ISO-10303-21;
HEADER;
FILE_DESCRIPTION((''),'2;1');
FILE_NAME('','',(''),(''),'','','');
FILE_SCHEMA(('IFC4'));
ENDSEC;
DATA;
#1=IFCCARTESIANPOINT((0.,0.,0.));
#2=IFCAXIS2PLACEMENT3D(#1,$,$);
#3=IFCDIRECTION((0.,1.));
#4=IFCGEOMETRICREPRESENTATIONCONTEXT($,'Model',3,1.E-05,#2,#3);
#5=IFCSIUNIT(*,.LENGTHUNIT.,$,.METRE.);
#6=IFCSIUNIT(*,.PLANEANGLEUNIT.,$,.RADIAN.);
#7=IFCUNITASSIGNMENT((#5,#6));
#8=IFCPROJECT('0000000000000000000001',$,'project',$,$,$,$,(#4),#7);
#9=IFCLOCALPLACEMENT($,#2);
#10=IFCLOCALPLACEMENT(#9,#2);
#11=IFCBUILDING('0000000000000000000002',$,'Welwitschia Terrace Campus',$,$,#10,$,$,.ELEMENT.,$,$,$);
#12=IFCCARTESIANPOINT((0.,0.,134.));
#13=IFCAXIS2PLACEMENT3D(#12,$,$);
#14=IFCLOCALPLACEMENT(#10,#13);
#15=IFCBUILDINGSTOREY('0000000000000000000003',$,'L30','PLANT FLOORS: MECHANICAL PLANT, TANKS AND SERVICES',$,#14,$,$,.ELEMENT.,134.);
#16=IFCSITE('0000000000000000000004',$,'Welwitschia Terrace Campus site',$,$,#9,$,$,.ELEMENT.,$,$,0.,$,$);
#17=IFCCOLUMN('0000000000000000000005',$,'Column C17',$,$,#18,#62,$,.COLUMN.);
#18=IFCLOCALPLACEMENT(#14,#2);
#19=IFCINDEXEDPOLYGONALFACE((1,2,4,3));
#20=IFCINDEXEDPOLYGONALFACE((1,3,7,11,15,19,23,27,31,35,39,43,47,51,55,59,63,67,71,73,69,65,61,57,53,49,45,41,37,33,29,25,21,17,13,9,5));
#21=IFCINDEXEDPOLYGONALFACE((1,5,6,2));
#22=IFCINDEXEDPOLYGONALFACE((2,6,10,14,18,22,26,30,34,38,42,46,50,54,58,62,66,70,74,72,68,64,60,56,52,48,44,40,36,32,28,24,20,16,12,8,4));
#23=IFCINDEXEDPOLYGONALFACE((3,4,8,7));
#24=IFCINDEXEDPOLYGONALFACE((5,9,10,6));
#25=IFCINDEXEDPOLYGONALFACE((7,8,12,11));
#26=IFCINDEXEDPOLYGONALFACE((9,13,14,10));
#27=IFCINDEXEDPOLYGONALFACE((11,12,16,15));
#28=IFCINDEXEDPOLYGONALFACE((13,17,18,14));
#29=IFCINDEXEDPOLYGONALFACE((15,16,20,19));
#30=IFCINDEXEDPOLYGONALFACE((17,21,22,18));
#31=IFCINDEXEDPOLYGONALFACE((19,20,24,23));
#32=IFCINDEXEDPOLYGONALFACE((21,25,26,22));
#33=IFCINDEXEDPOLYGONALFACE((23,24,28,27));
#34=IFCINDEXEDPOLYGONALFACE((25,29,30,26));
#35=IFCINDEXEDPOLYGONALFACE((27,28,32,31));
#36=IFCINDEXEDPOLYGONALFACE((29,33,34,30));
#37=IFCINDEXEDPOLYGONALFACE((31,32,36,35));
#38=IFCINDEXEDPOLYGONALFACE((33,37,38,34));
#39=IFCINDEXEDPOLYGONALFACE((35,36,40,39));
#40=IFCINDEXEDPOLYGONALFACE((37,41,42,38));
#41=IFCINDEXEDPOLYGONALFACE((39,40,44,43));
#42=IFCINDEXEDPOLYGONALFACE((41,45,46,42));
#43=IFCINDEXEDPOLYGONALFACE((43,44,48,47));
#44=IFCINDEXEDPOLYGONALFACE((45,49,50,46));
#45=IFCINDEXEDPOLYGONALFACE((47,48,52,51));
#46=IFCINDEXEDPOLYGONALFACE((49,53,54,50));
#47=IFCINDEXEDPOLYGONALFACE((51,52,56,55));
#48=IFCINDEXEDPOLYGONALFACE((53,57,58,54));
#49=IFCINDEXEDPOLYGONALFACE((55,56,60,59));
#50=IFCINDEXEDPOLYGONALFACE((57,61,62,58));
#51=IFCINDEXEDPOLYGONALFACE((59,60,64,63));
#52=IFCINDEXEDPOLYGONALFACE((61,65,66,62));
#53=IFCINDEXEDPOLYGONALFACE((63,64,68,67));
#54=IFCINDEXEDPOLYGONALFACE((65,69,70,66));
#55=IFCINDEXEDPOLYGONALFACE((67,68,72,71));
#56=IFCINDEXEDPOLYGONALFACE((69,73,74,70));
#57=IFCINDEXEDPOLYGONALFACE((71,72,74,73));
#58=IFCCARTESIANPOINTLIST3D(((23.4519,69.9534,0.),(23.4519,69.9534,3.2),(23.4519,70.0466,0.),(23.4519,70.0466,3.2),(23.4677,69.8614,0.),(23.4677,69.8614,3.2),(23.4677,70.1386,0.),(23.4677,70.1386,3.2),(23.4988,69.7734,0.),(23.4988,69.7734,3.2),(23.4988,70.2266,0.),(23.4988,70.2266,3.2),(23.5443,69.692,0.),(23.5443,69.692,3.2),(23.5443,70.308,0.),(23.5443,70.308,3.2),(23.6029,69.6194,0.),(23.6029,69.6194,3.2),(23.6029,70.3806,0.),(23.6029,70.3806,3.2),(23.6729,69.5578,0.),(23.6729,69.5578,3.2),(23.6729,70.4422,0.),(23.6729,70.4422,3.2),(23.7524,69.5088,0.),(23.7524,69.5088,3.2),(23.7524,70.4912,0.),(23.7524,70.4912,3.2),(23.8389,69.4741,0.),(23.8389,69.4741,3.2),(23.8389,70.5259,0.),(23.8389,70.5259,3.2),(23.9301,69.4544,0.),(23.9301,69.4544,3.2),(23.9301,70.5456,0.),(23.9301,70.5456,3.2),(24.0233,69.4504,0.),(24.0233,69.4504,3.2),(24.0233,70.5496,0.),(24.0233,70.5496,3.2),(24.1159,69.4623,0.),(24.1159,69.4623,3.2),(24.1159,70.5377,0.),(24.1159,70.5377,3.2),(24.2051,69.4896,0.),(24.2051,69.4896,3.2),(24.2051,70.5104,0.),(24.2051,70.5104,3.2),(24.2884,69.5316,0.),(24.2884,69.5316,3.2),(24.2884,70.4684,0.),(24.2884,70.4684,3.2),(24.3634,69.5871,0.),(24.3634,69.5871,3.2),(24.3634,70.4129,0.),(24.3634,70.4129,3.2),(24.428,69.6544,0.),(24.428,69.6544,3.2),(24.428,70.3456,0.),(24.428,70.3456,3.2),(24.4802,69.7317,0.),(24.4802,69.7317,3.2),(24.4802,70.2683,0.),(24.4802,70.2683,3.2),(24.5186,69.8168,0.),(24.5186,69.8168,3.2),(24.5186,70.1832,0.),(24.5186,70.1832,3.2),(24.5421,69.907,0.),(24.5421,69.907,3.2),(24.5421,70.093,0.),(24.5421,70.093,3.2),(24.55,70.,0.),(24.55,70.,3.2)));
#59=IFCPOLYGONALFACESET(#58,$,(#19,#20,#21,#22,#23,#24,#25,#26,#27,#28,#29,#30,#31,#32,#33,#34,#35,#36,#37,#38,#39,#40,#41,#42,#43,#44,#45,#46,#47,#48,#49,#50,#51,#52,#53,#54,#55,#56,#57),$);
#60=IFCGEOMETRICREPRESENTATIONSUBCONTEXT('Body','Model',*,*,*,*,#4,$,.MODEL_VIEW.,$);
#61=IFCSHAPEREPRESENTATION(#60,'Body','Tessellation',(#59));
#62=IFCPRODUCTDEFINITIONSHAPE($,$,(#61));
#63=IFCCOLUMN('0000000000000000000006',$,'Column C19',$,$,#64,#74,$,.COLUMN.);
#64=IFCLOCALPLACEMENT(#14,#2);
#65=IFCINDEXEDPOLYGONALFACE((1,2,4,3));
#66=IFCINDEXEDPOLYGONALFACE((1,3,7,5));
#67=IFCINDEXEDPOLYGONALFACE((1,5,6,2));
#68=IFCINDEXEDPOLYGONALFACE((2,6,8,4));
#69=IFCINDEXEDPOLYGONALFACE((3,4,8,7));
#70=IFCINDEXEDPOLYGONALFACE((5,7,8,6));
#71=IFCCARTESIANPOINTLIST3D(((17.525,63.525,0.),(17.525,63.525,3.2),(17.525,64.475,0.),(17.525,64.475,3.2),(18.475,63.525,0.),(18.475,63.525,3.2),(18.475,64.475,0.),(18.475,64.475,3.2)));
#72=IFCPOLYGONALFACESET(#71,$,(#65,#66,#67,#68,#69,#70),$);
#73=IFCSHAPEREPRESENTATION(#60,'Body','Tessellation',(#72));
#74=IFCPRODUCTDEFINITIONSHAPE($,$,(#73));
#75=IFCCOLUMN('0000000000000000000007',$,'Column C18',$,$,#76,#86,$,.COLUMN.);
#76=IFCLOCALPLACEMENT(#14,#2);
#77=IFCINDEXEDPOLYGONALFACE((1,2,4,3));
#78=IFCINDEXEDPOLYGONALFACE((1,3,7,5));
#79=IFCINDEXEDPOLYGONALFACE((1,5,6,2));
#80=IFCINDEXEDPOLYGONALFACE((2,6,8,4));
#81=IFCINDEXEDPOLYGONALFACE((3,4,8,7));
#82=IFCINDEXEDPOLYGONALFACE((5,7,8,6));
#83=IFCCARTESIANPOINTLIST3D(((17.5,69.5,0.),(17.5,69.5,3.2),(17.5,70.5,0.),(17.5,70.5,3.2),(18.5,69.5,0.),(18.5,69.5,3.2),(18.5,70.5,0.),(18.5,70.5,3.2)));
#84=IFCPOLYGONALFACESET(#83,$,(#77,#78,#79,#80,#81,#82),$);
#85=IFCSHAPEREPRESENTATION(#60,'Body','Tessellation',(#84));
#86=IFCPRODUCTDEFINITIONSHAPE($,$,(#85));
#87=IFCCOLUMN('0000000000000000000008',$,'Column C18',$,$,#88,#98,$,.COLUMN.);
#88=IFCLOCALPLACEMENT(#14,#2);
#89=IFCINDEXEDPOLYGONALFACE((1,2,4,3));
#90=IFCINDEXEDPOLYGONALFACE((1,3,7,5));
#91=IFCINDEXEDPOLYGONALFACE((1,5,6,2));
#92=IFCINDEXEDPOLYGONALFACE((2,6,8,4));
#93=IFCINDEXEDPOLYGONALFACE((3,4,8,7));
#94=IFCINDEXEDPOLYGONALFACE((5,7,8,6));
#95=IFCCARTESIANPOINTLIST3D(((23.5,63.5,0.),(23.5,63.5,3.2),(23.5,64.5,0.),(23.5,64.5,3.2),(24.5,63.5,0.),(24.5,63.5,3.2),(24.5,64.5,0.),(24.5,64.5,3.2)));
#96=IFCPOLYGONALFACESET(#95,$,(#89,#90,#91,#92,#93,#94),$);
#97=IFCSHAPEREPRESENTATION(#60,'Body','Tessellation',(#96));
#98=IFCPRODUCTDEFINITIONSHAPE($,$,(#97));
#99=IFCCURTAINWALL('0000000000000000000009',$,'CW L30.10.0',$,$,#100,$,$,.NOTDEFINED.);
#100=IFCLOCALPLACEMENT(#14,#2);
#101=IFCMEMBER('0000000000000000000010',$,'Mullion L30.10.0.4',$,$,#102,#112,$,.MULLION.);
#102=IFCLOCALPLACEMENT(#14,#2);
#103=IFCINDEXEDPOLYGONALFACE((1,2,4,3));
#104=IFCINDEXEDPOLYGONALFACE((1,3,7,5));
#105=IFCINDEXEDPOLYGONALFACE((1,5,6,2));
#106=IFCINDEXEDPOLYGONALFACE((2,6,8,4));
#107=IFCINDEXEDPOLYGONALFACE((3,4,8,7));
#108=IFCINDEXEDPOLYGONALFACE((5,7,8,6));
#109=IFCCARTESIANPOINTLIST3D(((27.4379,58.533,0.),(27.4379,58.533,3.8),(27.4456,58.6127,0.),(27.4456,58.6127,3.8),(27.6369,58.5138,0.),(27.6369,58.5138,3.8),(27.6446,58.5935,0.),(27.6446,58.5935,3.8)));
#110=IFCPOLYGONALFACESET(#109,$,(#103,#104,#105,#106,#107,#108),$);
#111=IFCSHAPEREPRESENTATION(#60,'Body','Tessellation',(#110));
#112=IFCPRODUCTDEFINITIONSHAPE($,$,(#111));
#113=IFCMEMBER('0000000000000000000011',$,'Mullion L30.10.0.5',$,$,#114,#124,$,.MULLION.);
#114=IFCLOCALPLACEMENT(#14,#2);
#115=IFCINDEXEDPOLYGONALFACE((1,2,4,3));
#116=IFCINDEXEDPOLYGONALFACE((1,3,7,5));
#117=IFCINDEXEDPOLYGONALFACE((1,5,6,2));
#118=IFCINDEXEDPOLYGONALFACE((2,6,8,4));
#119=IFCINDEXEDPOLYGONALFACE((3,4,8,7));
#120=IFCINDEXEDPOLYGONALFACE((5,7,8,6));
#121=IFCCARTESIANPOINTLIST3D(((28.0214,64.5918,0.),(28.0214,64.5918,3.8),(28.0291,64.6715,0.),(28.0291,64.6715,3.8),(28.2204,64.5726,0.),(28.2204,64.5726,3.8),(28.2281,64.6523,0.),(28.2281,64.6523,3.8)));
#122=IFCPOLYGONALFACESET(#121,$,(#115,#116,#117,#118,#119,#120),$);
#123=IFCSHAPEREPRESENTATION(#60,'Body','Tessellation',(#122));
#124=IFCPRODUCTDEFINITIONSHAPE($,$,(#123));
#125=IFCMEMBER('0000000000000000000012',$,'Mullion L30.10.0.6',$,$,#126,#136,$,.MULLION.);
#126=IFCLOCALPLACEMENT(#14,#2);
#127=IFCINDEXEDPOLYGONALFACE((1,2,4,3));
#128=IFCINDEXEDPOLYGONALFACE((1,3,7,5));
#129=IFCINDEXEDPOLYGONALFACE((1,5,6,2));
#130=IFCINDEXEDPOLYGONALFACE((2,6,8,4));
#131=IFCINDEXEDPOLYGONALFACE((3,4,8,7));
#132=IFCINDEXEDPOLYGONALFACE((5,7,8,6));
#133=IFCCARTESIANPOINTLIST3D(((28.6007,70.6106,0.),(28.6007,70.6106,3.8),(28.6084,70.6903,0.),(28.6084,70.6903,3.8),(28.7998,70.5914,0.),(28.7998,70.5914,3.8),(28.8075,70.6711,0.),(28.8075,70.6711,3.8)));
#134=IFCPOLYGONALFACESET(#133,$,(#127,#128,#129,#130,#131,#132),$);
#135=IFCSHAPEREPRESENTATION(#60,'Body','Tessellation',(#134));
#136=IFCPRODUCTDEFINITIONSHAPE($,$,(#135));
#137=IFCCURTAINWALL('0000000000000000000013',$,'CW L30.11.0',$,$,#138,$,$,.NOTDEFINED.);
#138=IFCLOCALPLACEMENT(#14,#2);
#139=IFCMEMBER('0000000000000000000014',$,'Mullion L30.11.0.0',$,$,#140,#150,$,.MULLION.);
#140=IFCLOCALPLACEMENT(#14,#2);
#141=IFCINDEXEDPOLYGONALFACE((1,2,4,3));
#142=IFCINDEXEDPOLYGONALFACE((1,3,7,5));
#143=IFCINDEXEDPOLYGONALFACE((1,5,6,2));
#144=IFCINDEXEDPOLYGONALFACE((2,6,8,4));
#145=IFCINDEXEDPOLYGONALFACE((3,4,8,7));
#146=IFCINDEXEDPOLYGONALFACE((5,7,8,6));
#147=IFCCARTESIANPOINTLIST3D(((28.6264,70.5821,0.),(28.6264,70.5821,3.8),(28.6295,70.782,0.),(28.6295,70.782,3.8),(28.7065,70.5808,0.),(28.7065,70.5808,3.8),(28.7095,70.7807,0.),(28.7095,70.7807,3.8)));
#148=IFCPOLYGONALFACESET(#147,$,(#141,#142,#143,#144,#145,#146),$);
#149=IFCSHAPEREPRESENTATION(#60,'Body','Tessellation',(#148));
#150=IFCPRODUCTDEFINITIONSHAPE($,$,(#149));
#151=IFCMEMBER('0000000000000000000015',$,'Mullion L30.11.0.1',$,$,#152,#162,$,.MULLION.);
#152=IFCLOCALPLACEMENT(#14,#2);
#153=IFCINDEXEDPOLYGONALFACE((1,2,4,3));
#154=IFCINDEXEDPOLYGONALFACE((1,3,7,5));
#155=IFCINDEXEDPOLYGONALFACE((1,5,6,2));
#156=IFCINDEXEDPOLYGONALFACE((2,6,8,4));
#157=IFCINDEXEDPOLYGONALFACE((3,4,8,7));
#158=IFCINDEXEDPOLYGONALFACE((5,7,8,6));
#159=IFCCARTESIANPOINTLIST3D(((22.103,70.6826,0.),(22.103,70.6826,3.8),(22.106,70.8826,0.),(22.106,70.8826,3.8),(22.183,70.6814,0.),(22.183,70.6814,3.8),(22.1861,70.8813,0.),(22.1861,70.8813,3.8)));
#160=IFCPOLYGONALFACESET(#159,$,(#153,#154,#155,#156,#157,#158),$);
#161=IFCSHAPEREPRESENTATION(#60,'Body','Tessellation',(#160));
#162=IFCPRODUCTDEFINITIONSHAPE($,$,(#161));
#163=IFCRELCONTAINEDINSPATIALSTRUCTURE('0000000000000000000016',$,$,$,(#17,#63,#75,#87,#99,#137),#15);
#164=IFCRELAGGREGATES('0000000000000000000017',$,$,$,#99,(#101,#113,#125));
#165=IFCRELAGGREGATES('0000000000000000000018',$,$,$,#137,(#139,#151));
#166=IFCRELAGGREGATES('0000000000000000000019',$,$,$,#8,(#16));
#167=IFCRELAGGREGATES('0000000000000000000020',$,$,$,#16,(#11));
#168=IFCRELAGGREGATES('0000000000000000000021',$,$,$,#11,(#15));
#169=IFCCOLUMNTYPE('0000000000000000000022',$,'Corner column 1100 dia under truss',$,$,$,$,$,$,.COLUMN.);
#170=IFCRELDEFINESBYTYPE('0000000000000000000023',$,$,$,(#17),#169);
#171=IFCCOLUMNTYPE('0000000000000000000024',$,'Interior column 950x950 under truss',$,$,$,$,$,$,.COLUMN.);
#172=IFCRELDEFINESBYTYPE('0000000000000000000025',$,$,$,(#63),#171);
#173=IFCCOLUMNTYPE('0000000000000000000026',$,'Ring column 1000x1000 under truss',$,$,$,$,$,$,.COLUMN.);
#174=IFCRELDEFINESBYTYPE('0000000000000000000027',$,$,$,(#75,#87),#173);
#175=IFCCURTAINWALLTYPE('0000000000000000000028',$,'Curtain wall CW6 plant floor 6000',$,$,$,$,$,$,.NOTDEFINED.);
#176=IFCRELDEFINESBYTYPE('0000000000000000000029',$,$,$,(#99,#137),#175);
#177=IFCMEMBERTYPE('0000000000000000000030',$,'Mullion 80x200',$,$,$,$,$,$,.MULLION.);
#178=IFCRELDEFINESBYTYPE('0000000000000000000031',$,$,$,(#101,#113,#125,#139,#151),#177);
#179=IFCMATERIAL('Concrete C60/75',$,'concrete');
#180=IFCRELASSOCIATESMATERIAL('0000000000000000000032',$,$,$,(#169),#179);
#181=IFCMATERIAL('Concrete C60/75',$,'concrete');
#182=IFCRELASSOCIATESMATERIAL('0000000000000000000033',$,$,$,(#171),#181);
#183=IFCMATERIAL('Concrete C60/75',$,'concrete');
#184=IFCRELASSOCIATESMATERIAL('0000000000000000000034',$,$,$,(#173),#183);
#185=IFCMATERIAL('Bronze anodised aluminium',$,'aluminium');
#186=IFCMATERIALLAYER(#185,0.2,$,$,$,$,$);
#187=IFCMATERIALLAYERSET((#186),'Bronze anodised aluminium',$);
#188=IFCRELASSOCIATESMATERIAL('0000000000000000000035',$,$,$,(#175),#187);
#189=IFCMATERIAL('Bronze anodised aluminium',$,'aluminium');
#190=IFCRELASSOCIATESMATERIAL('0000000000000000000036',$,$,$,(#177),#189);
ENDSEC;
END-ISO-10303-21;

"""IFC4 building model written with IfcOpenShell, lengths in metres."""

from ifc_helpers import new_model, si_unit, direction, frame, origin, origin_2d, place, context, subcontext, project, spatial, rectangle, circle, extrude, material, layer, layer_set, material_profile, profile_set, type_object, element, aggregate, save


model = new_model("IFC4")

# Units and contexts
model_context = context("Model", 3, precision=1e-05, world=origin(), true_north=direction((0.0, 1.0)))
body_context = subcontext(model_context, "Body", "Model", "MODEL_VIEW")
ifc_project = project(units=[si_unit("LENGTHUNIT", "METRE"), si_unit("PLANEANGLEUNIT", "RADIAN")], contexts=[model_context])

# Site, building, storey
site_placement = place(None, origin())
site = spatial("IfcSite", under=ifc_project, at=site_placement, Name="Welwitschia Terrace Campus site", CompositionType="ELEMENT", RefElevation=0.0)
building_placement = place(site_placement, origin())
building = spatial("IfcBuilding", under=site, at=building_placement, Name="Welwitschia Terrace Campus", CompositionType="ELEMENT")
storey_placement = place(building_placement, frame((0.0, 0.0, 134.0)))
storey = spatial("IfcBuildingStorey", under=building, at=storey_placement, Name="L30", Description="PLANT FLOORS: MECHANICAL PLANT, TANKS AND SERVICES", CompositionType="ELEMENT", Elevation=134.0)

# Columns
ifc_material_1 = material(Name="Concrete C60/75", Category="concrete")
ifc_material_profile_1 = material_profile(ifc_material_1, circle(Radius=0.55, at=origin_2d()))
ifc_profile_set_1 = profile_set([ifc_material_profile_1], Name="Concrete C60/75")
column_type_1 = type_object("IfcColumnType", Name="Corner column 1100 dia under truss", PredefinedType="COLUMN", material=ifc_profile_set_1)
column_1_placement = place(storey_placement, frame((24.0, 70.0, 0.0), z_axis=(0.0, 0.0, 1.0), x_axis=(1.0, 0.0, 0.0)))
element("IfcColumn", 1, at=column_1_placement, inside=storey, type_object=column_type_1, Name="Column C17", PredefinedType="COLUMN", context=body_context, shape_type="SweptSolid", body=[
    extrude(circle(Radius=0.55, at=origin_2d()), origin(), (0.0, 0.0, 1.0), 3.2),
])
ifc_material_2 = material(Name="Concrete C60/75", Category="concrete")
ifc_material_profile_2 = material_profile(ifc_material_2, rectangle(XDim=0.95, YDim=0.95, at=origin_2d()))
ifc_profile_set_2 = profile_set([ifc_material_profile_2], Name="Concrete C60/75")
column_type_2 = type_object("IfcColumnType", Name="Interior column 950x950 under truss", PredefinedType="COLUMN", material=ifc_profile_set_2)
column_2_placement = place(storey_placement, frame((18.0, 64.0, 0.0), z_axis=(0.0, 0.0, 1.0), x_axis=(1.0, 0.0, 0.0)))
element("IfcColumn", 2, at=column_2_placement, inside=storey, type_object=column_type_2, Name="Column C19", PredefinedType="COLUMN", context=body_context, shape_type="SweptSolid", body=[
    extrude(rectangle(XDim=0.95, YDim=0.95, at=origin_2d()), origin(), (0.0, 0.0, 1.0), 3.2),
])
ifc_material_3 = material(Name="Concrete C60/75", Category="concrete")
ifc_material_profile_3 = material_profile(ifc_material_3, rectangle(XDim=1.0, YDim=1.0, at=origin_2d()))
ifc_profile_set_3 = profile_set([ifc_material_profile_3], Name="Concrete C60/75")
column_type_3 = type_object("IfcColumnType", Name="Ring column 1000x1000 under truss", PredefinedType="COLUMN", material=ifc_profile_set_3)
for number, where, z_axis, x_axis, name in (
    (3, (18.0, 70.0, 0.0), (0.0, 0.0, 1.0), (1.0, 0.0, 0.0), "Column C18"),
    (4, (24.0, 64.0, 0.0), (0.0, 0.0, 1.0), (1.0, 0.0, 0.0), "Column C18"),
):
    element("IfcColumn", number, at=place(storey_placement, frame(where, z_axis=z_axis, x_axis=x_axis)), inside=storey, type_object=column_type_3, Name=name, PredefinedType="COLUMN", context=body_context, shape_type="SweptSolid", body=[
        extrude(rectangle(XDim=1.0, YDim=1.0, at=origin_2d()), origin(), (0.0, 0.0, 1.0), 3.2),
    ])

# Curtain walls, members
ifc_material_4 = material(Name="Bronze anodised aluminium", Category="aluminium")
ifc_layer_1 = layer(ifc_material_4, 0.2)
ifc_layer_set_1 = layer_set([ifc_layer_1], Name="Bronze anodised aluminium")
curtain_wall_type = type_object("IfcCurtainWallType", Name="Curtain wall CW6 plant floor 6000", PredefinedType="NOTDEFINED", material=ifc_layer_set_1)
curtain_wall_1_placement = place(storey_placement, origin())
curtain_wall_1 = element("IfcCurtainWall", 5, at=curtain_wall_1_placement, inside=storey, type_object=curtain_wall_type, Name="CW L30.10.0", PredefinedType="NOTDEFINED")
ifc_material_5 = material(Name="Bronze anodised aluminium", Category="aluminium")
ifc_material_profile_4 = material_profile(ifc_material_5, rectangle(XDim=0.2, YDim=0.0801, at=origin_2d()))
ifc_profile_set_4 = profile_set([ifc_material_profile_4], Name="Bronze anodised aluminium")
member_type_1 = type_object("IfcMemberType", Name="Mullion 80x200", PredefinedType="MULLION", material=ifc_profile_set_4)
member_1_placement = place(storey_placement, frame((27.5413, 58.5632, 0.0), z_axis=(0.0, 0.0, 1.0), x_axis=(-0.995396, 0.095846, 0.0)))
member_1 = element("IfcMember", 6, at=member_1_placement, type_object=member_type_1, Name="Mullion L30.10.0.4", PredefinedType="MULLION", context=body_context, shape_type="SweptSolid", body=[
    extrude(rectangle(XDim=0.2, YDim=0.0801, at=origin_2d()), origin(), (0.0, 0.0, 1.0), 3.8),
])
member_2_placement = place(storey_placement, frame((28.1248, 64.6221, 0.0), z_axis=(0.0, 0.0, 1.0), x_axis=(-0.995396, 0.095846, 0.0)))
member_2 = element("IfcMember", 7, at=member_2_placement, type_object=member_type_1, Name="Mullion L30.10.0.5", PredefinedType="MULLION", context=body_context, shape_type="SweptSolid", body=[
    extrude(rectangle(XDim=0.2, YDim=0.0801, at=origin_2d()), origin(), (0.0, 0.0, 1.0), 3.8),
])
member_3_placement = place(storey_placement, frame((28.7041, 70.6409, 0.0), z_axis=(0.0, 0.0, 1.0), x_axis=(-0.995396, 0.095846, 0.0)))
member_3 = element("IfcMember", 8, at=member_3_placement, type_object=member_type_1, Name="Mullion L30.10.0.6", PredefinedType="MULLION", context=body_context, shape_type="SweptSolid", body=[
    extrude(rectangle(XDim=0.2, YDim=0.0801, at=origin_2d()), origin(), (0.0, 0.0, 1.0), 3.8),
])
curtain_wall_2_placement = place(storey_placement, origin())
curtain_wall_2 = element("IfcCurtainWall", 9, at=curtain_wall_2_placement, inside=storey, type_object=curtain_wall_type, Name="CW L30.11.0", PredefinedType="NOTDEFINED")
member_4_placement = place(storey_placement, frame((28.668, 70.6814, 0.0), z_axis=(0.0, 0.0, 1.0), x_axis=(-0.015433, -0.999881, 0.0)))
member_4 = element("IfcMember", 10, at=member_4_placement, type_object=member_type_1, Name="Mullion L30.11.0.0", PredefinedType="MULLION", context=body_context, shape_type="SweptSolid", body=[
    extrude(rectangle(XDim=0.2, YDim=0.0801, at=origin_2d()), origin(), (0.0, 0.0, 1.0), 3.8),
])
member_5_placement = place(storey_placement, frame((22.1445, 70.782, 0.0), z_axis=(0.0, 0.0, 1.0), x_axis=(-0.015433, -0.999881, 0.0)))
member_5 = element("IfcMember", 11, at=member_5_placement, type_object=member_type_1, Name="Mullion L30.11.0.1", PredefinedType="MULLION", context=body_context, shape_type="SweptSolid", body=[
    extrude(rectangle(XDim=0.2, YDim=0.0801, at=origin_2d()), origin(), (0.0, 0.0, 1.0), 3.8),
])

aggregate(curtain_wall_1, [member_1, member_2, member_3])
aggregate(curtain_wall_2, [member_4, member_5])

save(model, "model.ifc")
